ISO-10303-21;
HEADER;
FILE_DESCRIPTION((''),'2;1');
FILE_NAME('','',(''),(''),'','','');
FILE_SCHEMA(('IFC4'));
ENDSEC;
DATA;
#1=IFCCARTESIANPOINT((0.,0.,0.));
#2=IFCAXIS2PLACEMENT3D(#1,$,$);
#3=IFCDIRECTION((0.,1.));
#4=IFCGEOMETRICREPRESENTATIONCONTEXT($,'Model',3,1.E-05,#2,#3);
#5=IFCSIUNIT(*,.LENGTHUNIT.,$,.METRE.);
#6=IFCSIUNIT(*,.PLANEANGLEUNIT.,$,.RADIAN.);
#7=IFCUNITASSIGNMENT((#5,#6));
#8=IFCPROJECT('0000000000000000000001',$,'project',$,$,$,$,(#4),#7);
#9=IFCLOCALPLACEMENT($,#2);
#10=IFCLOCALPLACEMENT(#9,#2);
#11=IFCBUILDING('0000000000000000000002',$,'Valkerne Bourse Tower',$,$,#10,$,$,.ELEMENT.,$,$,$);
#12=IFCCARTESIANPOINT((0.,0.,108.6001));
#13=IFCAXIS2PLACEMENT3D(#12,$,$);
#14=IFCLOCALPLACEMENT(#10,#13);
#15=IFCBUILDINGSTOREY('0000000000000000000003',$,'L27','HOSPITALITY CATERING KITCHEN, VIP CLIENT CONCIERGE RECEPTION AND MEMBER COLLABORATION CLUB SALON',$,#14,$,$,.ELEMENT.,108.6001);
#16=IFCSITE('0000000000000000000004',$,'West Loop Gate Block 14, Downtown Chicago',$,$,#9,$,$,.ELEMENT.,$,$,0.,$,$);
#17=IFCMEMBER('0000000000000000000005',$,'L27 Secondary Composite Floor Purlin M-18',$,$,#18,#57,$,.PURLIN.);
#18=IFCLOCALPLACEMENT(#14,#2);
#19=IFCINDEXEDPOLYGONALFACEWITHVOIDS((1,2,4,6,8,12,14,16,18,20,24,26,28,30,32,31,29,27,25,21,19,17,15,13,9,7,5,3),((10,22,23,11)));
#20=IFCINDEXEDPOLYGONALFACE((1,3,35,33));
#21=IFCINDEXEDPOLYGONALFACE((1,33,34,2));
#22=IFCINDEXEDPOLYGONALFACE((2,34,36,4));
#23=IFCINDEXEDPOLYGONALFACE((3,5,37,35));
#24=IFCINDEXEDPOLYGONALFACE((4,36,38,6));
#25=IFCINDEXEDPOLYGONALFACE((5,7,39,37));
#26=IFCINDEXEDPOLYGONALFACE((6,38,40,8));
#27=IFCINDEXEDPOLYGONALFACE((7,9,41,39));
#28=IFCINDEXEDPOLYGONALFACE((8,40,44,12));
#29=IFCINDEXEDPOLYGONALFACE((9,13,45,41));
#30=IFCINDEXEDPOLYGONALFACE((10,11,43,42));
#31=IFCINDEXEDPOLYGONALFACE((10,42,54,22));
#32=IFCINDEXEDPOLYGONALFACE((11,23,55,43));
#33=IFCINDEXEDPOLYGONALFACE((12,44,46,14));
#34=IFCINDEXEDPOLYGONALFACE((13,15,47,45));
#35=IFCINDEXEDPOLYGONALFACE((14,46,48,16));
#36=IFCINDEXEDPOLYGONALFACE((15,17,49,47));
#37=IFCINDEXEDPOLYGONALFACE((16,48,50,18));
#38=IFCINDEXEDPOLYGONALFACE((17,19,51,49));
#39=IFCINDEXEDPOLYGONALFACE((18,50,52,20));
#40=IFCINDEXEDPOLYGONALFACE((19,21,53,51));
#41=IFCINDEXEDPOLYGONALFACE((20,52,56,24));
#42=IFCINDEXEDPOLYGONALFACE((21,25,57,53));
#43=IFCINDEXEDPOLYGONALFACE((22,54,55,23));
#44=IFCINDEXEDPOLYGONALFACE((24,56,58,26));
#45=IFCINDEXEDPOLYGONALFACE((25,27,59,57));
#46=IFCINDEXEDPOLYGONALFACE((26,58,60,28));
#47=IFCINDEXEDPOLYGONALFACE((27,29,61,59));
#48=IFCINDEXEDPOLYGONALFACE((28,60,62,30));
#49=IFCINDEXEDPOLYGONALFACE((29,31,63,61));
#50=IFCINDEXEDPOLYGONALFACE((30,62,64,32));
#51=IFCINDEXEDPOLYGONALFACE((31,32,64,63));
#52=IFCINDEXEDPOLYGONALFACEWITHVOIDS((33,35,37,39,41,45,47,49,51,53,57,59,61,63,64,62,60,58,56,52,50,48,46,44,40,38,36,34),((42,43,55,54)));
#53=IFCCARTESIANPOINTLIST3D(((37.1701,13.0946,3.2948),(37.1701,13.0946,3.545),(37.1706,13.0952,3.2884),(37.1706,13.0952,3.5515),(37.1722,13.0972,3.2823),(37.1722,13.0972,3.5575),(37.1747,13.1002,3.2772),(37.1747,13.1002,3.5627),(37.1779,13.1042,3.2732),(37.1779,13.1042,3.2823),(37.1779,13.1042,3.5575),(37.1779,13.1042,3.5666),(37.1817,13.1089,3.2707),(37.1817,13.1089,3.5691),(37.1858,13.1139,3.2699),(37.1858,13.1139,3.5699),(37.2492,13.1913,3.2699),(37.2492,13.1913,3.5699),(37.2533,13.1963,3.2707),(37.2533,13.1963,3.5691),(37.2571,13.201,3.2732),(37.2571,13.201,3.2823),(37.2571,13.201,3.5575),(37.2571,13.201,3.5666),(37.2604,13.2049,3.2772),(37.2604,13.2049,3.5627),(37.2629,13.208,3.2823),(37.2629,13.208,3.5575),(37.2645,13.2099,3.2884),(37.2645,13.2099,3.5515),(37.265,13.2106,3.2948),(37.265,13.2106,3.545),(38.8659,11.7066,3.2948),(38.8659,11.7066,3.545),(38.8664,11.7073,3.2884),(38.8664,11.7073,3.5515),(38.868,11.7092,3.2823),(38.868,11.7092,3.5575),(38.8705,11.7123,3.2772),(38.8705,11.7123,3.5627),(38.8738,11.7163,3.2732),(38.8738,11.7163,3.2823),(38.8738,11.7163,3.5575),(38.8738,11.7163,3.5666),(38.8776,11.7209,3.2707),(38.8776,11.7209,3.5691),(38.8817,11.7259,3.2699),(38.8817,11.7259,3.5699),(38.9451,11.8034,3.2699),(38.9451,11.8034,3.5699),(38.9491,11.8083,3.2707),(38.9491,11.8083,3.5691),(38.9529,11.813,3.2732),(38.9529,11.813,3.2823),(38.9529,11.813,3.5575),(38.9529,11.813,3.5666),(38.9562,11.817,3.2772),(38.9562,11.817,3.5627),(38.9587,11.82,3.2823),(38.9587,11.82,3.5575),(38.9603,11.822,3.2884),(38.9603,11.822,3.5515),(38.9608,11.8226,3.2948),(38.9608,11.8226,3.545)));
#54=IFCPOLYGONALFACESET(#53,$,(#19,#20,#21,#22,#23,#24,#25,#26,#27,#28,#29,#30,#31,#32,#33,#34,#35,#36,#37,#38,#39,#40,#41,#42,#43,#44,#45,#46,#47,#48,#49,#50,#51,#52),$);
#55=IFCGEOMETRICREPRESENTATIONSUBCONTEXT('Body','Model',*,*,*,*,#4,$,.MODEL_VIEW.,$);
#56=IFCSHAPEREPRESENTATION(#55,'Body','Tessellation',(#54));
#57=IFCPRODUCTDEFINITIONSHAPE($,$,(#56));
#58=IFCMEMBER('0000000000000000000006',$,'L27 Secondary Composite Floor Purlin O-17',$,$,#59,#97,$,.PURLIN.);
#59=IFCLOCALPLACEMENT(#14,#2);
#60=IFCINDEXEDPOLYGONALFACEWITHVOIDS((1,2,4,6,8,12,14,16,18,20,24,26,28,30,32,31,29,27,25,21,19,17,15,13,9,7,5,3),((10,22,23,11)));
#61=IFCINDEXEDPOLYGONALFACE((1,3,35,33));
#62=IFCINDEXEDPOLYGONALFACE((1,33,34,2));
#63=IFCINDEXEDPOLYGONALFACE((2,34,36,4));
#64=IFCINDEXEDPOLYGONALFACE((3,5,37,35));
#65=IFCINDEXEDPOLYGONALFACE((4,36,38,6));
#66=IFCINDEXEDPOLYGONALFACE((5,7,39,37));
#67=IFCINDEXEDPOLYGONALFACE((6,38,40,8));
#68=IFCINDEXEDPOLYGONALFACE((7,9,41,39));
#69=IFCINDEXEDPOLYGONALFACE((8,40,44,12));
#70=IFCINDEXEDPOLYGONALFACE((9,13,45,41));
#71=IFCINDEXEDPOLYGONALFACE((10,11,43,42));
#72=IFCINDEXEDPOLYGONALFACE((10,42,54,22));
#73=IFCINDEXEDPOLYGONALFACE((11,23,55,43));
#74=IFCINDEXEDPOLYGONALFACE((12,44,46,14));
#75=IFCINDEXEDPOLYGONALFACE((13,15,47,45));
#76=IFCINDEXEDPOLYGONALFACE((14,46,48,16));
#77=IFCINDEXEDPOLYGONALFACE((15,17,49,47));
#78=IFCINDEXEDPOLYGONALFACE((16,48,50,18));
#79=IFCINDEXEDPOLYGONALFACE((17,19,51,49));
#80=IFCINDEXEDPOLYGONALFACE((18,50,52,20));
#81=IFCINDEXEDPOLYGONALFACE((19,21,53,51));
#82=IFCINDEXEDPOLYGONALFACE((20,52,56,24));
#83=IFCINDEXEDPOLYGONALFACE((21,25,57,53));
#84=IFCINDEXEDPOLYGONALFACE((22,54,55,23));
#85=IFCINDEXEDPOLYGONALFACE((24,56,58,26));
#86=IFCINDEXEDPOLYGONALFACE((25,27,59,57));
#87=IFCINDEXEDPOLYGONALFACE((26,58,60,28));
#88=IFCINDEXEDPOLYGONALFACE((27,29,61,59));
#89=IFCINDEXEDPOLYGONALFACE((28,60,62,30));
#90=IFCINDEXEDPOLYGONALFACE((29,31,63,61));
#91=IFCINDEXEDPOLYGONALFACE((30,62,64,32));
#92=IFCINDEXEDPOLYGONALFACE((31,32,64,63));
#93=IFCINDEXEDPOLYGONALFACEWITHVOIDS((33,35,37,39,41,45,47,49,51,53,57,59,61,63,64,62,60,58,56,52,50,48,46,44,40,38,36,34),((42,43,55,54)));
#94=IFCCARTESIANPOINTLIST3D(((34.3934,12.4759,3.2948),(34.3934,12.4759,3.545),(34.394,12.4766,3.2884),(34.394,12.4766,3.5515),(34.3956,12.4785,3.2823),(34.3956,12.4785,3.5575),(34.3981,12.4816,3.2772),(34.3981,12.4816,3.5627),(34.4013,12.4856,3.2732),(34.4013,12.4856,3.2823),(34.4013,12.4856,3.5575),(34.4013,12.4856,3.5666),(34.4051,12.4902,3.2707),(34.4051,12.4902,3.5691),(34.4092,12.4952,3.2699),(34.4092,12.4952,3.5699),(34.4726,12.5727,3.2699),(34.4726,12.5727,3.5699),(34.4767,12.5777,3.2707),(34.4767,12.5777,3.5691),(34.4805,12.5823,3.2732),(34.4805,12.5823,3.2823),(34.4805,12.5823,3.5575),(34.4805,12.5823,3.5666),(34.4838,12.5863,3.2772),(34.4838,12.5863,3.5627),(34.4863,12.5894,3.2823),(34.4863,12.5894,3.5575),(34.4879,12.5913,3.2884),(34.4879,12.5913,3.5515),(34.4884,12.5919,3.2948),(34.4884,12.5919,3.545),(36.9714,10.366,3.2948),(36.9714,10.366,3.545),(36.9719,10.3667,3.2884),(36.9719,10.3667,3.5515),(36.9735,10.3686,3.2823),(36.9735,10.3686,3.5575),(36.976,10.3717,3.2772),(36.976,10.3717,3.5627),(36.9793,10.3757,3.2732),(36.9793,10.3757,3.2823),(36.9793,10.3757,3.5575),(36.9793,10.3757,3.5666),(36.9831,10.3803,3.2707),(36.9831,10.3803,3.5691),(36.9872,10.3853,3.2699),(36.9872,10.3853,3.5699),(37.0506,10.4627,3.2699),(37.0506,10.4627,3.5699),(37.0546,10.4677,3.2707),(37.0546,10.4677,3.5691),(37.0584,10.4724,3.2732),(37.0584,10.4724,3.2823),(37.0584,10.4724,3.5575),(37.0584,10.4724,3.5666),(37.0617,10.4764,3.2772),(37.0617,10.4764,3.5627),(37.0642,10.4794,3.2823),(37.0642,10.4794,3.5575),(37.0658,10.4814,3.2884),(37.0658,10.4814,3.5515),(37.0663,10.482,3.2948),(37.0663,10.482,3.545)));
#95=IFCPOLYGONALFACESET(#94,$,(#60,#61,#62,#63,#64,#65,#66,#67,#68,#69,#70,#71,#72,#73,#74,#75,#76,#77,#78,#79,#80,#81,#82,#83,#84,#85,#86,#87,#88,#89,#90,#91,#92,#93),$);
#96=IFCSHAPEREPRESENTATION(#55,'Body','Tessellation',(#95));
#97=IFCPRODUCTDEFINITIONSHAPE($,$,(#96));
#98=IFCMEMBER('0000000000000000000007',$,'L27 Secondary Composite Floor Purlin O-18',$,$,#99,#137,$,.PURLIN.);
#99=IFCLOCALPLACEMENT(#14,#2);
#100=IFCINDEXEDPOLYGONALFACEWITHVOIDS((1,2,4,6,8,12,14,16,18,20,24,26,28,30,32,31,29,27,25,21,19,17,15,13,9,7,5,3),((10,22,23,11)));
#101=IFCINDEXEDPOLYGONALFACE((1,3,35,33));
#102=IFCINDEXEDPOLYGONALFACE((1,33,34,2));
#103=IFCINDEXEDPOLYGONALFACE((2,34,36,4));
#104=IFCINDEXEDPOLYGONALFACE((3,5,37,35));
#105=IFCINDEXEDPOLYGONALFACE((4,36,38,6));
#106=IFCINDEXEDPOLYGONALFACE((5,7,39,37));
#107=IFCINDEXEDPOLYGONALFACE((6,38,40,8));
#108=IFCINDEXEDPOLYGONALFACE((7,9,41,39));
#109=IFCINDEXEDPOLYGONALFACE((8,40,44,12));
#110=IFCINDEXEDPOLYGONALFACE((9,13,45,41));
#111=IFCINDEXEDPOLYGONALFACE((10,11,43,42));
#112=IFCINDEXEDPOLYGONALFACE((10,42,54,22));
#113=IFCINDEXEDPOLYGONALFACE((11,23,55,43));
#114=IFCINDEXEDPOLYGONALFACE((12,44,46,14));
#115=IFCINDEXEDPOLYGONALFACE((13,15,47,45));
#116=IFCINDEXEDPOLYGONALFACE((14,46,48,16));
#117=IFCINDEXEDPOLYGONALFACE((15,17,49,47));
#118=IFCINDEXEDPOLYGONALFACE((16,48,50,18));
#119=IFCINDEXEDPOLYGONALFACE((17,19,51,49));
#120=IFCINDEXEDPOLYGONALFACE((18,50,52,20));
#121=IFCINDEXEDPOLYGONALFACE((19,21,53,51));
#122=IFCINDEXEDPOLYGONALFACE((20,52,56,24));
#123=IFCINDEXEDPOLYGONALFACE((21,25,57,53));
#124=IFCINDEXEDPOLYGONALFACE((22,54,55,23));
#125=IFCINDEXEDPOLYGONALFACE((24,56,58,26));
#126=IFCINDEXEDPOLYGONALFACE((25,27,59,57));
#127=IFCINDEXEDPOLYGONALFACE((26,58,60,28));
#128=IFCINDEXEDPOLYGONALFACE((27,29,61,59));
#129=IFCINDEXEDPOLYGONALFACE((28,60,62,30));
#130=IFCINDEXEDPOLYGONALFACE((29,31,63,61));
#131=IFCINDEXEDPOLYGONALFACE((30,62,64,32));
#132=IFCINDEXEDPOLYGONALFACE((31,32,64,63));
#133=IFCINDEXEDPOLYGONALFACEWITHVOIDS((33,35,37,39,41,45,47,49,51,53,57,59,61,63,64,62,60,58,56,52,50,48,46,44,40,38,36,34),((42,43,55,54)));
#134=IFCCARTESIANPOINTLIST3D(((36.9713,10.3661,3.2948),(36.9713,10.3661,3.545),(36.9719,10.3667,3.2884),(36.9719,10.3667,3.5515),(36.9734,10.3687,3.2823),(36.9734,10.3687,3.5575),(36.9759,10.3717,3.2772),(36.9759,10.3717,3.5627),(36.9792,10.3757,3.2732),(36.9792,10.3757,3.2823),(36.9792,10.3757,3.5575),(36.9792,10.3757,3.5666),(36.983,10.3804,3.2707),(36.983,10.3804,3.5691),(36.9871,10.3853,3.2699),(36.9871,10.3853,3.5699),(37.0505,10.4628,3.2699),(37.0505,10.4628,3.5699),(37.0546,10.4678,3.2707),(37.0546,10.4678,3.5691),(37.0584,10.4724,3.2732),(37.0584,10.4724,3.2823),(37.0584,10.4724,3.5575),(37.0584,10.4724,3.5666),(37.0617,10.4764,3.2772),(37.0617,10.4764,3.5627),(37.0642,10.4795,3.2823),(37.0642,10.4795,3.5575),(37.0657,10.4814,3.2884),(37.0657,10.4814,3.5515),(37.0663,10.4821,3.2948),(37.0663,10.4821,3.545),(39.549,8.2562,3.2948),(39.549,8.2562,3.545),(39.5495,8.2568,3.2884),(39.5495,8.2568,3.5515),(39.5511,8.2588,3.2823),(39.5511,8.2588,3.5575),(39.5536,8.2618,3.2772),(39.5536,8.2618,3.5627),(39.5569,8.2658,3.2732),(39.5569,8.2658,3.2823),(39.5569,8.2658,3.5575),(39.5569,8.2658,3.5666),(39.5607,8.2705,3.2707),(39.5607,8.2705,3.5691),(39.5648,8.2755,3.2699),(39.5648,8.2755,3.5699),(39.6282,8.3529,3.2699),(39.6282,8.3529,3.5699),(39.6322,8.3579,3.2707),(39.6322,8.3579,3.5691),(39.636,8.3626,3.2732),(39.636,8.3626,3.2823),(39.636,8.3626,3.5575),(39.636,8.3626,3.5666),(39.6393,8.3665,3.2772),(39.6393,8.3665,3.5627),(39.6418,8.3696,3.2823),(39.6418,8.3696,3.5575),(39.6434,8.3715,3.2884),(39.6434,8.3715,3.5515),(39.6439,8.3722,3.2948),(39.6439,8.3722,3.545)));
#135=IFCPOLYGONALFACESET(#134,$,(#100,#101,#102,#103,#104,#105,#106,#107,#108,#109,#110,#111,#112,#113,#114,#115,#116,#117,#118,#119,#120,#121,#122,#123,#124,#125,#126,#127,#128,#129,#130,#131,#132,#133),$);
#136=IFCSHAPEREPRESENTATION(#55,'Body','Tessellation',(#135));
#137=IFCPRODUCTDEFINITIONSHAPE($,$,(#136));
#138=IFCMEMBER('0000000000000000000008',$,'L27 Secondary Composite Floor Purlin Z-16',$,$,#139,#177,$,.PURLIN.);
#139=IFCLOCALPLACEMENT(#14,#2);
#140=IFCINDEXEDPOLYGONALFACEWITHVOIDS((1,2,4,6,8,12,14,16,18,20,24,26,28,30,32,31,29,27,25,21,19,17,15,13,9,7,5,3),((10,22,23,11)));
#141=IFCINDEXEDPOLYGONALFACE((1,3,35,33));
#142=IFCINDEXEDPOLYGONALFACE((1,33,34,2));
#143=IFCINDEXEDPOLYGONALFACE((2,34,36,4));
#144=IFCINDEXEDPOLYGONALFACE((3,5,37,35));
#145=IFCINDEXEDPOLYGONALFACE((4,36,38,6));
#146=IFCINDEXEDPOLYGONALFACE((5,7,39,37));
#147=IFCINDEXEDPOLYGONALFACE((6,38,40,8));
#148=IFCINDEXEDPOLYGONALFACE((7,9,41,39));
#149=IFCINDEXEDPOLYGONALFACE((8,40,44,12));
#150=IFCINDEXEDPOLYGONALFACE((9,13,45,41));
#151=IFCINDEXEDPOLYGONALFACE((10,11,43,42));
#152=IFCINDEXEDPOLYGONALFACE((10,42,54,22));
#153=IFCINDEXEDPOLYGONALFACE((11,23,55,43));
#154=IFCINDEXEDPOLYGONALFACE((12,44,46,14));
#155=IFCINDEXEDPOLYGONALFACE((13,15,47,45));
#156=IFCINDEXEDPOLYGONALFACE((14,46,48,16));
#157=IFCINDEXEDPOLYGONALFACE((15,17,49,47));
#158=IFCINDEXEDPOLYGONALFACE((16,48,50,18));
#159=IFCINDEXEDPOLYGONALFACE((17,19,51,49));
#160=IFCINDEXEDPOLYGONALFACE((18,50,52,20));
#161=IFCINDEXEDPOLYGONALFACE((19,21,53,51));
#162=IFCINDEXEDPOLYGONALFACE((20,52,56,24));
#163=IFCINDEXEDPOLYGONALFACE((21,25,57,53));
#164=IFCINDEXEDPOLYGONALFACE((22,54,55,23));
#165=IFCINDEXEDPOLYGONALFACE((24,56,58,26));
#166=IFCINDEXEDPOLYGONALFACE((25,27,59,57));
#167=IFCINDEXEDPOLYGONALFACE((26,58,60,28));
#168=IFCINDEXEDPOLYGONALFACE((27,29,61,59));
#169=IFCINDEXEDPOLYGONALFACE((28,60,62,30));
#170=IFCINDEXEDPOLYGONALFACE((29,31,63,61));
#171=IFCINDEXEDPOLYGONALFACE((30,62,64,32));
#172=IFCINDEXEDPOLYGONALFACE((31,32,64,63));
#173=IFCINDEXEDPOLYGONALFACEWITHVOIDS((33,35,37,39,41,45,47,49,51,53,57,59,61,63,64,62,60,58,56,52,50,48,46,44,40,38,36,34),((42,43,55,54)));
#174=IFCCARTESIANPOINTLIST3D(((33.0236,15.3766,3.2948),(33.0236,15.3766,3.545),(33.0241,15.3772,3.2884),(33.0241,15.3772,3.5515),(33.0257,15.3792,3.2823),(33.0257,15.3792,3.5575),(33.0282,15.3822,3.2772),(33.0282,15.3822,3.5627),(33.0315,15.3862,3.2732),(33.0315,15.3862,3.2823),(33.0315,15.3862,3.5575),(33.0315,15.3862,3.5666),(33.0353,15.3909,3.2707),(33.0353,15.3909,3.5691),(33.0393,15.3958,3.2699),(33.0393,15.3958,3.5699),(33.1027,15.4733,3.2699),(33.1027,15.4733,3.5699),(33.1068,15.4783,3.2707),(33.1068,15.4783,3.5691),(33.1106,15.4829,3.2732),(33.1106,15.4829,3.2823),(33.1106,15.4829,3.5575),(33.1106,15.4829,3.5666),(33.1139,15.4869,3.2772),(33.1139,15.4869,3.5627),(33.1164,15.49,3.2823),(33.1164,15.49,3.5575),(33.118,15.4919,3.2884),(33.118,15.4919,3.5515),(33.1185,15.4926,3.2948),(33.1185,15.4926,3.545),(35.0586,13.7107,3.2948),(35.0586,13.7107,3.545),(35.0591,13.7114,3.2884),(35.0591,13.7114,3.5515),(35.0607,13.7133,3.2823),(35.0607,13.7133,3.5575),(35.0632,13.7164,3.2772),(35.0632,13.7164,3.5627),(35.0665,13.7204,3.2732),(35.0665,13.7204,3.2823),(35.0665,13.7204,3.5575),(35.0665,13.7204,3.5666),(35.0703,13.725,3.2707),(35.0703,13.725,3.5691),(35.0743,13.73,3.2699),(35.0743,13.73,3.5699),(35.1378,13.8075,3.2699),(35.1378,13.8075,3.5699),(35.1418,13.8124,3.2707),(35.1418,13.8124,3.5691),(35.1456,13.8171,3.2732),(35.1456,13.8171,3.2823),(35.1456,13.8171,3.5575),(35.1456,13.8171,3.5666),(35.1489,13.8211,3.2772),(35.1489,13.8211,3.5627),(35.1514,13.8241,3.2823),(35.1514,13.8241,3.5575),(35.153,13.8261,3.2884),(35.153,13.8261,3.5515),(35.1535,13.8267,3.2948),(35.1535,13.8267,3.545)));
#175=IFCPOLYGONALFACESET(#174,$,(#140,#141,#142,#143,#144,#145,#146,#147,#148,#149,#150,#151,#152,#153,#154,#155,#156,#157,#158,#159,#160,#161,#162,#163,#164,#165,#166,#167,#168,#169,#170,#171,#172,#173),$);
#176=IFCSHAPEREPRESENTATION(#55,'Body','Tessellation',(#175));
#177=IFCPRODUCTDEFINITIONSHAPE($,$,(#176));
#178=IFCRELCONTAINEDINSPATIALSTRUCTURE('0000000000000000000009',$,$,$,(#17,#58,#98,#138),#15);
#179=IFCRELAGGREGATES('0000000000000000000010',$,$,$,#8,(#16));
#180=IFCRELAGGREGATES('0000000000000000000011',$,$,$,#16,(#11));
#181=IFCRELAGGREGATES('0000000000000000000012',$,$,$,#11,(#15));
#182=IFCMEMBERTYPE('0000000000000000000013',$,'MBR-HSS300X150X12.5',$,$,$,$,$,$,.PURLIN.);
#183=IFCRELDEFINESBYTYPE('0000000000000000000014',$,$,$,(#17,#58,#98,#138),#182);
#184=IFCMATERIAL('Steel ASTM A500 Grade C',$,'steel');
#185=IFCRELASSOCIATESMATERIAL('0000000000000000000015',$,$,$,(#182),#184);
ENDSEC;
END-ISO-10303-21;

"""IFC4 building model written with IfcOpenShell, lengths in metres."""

from ifc_helpers import new_model, si_unit, direction, frame, origin, origin_2d, place, context, subcontext, project, spatial, hollow_rectangle, extrude, material, material_profile, profile_set, type_object, element, save


model = new_model("IFC4")

# Units and contexts
model_context = context("Model", 3, precision=1e-05, world=origin(), true_north=direction((0.0, 1.0)))
body_context = subcontext(model_context, "Body", "Model", "MODEL_VIEW")
ifc_project = project(units=[si_unit("LENGTHUNIT", "METRE"), si_unit("PLANEANGLEUNIT", "RADIAN")], contexts=[model_context])

# Site, building, storey
site_placement = place(None, origin())
site = spatial("IfcSite", under=ifc_project, at=site_placement, Name="West Loop Gate Block 14, Downtown Chicago", CompositionType="ELEMENT", RefElevation=0.0)
building_placement = place(site_placement, origin())
building = spatial("IfcBuilding", under=site, at=building_placement, Name="Valkerne Bourse Tower", CompositionType="ELEMENT")
storey_placement = place(building_placement, frame((0.0, 0.0, 108.6001)))
storey = spatial("IfcBuildingStorey", under=building, at=storey_placement, Name="L27", Description="HOSPITALITY CATERING KITCHEN, VIP CLIENT CONCIERGE RECEPTION AND MEMBER COLLABORATION CLUB SALON", CompositionType="ELEMENT", Elevation=108.6001)

# Members
ifc_material_1 = material(Name="Steel ASTM A500 Grade C", Category="steel")
ifc_material_profile_1 = material_profile(ifc_material_1, hollow_rectangle(XDim=0.1499, YDim=0.3, WallThickness=0.0125, OuterFilletRadius=0.0249, at=origin_2d()), Name="HSS300X150X12.5")
ifc_profile_set_1 = profile_set([ifc_material_profile_1], Name="Steel ASTM A500 Grade C")
member_type_1 = type_object("IfcMemberType", Name="MBR-HSS300X150X12.5", PredefinedType="PURLIN", material=ifc_profile_set_1)
for number, where, z_axis, x_axis, name in (
    (1, (37.2175, 13.1526, 3.4199), (0.773853, -0.633365, 0.0), (0.633365, 0.773853, 0.0), "L27 Secondary Composite Floor Purlin M-18"),
):
    element("IfcMember", number, at=place(storey_placement, frame(where, z_axis=z_axis, x_axis=x_axis)), inside=storey, type_object=member_type_1, Name=name, PredefinedType="PURLIN", context=body_context, shape_type="SweptSolid", body=[
        extrude(hollow_rectangle(XDim=0.1499, YDim=0.3, WallThickness=0.0125, OuterFilletRadius=0.0249, at=origin_2d()), origin(), (0.0, 0.0, 1.0), 2.1914),
    ])
member_1_placement = place(storey_placement, frame((34.4409, 12.5339, 3.4199), z_axis=(0.773856, -0.633362, 0.0), x_axis=(0.633362, 0.773856, 0.0)))
element("IfcMember", 2, at=member_1_placement, inside=storey, type_object=member_type_1, Name="L27 Secondary Composite Floor Purlin O-17", PredefinedType="PURLIN", context=body_context, shape_type="SweptSolid", body=[
    extrude(hollow_rectangle(XDim=0.1499, YDim=0.3, WallThickness=0.0125, OuterFilletRadius=0.0249, at=origin_2d()), origin(), (0.0, 0.0, 1.0), 3.3313),
])
member_2_placement = place(storey_placement, frame((37.0188, 10.4241, 3.4199), z_axis=(0.773827, -0.633397, 0.0), x_axis=(0.633397, 0.773827, 0.0)))
element("IfcMember", 3, at=member_2_placement, inside=storey, type_object=member_type_1, Name="L27 Secondary Composite Floor Purlin O-18", PredefinedType="PURLIN", context=body_context, shape_type="SweptSolid", body=[
    extrude(hollow_rectangle(XDim=0.1499, YDim=0.3, WallThickness=0.0125, OuterFilletRadius=0.0249, at=origin_2d()), origin(), (0.0, 0.0, 1.0), 3.3311),
])
for number, where, z_axis, x_axis, name in (
    (4, (33.071, 15.4346, 3.4199), (0.7738, -0.63343, 0.0), (0.63343, 0.7738, 0.0), "L27 Secondary Composite Floor Purlin Z-16"),
):
    element("IfcMember", number, at=place(storey_placement, frame(where, z_axis=z_axis, x_axis=x_axis)), inside=storey, type_object=member_type_1, Name=name, PredefinedType="PURLIN", context=body_context, shape_type="SweptSolid", body=[
        extrude(hollow_rectangle(XDim=0.1499, YDim=0.3, WallThickness=0.0125, OuterFilletRadius=0.0249, at=origin_2d()), origin(), (0.0, 0.0, 1.0), 2.6299),
    ])

save(model, "model.ifc")
